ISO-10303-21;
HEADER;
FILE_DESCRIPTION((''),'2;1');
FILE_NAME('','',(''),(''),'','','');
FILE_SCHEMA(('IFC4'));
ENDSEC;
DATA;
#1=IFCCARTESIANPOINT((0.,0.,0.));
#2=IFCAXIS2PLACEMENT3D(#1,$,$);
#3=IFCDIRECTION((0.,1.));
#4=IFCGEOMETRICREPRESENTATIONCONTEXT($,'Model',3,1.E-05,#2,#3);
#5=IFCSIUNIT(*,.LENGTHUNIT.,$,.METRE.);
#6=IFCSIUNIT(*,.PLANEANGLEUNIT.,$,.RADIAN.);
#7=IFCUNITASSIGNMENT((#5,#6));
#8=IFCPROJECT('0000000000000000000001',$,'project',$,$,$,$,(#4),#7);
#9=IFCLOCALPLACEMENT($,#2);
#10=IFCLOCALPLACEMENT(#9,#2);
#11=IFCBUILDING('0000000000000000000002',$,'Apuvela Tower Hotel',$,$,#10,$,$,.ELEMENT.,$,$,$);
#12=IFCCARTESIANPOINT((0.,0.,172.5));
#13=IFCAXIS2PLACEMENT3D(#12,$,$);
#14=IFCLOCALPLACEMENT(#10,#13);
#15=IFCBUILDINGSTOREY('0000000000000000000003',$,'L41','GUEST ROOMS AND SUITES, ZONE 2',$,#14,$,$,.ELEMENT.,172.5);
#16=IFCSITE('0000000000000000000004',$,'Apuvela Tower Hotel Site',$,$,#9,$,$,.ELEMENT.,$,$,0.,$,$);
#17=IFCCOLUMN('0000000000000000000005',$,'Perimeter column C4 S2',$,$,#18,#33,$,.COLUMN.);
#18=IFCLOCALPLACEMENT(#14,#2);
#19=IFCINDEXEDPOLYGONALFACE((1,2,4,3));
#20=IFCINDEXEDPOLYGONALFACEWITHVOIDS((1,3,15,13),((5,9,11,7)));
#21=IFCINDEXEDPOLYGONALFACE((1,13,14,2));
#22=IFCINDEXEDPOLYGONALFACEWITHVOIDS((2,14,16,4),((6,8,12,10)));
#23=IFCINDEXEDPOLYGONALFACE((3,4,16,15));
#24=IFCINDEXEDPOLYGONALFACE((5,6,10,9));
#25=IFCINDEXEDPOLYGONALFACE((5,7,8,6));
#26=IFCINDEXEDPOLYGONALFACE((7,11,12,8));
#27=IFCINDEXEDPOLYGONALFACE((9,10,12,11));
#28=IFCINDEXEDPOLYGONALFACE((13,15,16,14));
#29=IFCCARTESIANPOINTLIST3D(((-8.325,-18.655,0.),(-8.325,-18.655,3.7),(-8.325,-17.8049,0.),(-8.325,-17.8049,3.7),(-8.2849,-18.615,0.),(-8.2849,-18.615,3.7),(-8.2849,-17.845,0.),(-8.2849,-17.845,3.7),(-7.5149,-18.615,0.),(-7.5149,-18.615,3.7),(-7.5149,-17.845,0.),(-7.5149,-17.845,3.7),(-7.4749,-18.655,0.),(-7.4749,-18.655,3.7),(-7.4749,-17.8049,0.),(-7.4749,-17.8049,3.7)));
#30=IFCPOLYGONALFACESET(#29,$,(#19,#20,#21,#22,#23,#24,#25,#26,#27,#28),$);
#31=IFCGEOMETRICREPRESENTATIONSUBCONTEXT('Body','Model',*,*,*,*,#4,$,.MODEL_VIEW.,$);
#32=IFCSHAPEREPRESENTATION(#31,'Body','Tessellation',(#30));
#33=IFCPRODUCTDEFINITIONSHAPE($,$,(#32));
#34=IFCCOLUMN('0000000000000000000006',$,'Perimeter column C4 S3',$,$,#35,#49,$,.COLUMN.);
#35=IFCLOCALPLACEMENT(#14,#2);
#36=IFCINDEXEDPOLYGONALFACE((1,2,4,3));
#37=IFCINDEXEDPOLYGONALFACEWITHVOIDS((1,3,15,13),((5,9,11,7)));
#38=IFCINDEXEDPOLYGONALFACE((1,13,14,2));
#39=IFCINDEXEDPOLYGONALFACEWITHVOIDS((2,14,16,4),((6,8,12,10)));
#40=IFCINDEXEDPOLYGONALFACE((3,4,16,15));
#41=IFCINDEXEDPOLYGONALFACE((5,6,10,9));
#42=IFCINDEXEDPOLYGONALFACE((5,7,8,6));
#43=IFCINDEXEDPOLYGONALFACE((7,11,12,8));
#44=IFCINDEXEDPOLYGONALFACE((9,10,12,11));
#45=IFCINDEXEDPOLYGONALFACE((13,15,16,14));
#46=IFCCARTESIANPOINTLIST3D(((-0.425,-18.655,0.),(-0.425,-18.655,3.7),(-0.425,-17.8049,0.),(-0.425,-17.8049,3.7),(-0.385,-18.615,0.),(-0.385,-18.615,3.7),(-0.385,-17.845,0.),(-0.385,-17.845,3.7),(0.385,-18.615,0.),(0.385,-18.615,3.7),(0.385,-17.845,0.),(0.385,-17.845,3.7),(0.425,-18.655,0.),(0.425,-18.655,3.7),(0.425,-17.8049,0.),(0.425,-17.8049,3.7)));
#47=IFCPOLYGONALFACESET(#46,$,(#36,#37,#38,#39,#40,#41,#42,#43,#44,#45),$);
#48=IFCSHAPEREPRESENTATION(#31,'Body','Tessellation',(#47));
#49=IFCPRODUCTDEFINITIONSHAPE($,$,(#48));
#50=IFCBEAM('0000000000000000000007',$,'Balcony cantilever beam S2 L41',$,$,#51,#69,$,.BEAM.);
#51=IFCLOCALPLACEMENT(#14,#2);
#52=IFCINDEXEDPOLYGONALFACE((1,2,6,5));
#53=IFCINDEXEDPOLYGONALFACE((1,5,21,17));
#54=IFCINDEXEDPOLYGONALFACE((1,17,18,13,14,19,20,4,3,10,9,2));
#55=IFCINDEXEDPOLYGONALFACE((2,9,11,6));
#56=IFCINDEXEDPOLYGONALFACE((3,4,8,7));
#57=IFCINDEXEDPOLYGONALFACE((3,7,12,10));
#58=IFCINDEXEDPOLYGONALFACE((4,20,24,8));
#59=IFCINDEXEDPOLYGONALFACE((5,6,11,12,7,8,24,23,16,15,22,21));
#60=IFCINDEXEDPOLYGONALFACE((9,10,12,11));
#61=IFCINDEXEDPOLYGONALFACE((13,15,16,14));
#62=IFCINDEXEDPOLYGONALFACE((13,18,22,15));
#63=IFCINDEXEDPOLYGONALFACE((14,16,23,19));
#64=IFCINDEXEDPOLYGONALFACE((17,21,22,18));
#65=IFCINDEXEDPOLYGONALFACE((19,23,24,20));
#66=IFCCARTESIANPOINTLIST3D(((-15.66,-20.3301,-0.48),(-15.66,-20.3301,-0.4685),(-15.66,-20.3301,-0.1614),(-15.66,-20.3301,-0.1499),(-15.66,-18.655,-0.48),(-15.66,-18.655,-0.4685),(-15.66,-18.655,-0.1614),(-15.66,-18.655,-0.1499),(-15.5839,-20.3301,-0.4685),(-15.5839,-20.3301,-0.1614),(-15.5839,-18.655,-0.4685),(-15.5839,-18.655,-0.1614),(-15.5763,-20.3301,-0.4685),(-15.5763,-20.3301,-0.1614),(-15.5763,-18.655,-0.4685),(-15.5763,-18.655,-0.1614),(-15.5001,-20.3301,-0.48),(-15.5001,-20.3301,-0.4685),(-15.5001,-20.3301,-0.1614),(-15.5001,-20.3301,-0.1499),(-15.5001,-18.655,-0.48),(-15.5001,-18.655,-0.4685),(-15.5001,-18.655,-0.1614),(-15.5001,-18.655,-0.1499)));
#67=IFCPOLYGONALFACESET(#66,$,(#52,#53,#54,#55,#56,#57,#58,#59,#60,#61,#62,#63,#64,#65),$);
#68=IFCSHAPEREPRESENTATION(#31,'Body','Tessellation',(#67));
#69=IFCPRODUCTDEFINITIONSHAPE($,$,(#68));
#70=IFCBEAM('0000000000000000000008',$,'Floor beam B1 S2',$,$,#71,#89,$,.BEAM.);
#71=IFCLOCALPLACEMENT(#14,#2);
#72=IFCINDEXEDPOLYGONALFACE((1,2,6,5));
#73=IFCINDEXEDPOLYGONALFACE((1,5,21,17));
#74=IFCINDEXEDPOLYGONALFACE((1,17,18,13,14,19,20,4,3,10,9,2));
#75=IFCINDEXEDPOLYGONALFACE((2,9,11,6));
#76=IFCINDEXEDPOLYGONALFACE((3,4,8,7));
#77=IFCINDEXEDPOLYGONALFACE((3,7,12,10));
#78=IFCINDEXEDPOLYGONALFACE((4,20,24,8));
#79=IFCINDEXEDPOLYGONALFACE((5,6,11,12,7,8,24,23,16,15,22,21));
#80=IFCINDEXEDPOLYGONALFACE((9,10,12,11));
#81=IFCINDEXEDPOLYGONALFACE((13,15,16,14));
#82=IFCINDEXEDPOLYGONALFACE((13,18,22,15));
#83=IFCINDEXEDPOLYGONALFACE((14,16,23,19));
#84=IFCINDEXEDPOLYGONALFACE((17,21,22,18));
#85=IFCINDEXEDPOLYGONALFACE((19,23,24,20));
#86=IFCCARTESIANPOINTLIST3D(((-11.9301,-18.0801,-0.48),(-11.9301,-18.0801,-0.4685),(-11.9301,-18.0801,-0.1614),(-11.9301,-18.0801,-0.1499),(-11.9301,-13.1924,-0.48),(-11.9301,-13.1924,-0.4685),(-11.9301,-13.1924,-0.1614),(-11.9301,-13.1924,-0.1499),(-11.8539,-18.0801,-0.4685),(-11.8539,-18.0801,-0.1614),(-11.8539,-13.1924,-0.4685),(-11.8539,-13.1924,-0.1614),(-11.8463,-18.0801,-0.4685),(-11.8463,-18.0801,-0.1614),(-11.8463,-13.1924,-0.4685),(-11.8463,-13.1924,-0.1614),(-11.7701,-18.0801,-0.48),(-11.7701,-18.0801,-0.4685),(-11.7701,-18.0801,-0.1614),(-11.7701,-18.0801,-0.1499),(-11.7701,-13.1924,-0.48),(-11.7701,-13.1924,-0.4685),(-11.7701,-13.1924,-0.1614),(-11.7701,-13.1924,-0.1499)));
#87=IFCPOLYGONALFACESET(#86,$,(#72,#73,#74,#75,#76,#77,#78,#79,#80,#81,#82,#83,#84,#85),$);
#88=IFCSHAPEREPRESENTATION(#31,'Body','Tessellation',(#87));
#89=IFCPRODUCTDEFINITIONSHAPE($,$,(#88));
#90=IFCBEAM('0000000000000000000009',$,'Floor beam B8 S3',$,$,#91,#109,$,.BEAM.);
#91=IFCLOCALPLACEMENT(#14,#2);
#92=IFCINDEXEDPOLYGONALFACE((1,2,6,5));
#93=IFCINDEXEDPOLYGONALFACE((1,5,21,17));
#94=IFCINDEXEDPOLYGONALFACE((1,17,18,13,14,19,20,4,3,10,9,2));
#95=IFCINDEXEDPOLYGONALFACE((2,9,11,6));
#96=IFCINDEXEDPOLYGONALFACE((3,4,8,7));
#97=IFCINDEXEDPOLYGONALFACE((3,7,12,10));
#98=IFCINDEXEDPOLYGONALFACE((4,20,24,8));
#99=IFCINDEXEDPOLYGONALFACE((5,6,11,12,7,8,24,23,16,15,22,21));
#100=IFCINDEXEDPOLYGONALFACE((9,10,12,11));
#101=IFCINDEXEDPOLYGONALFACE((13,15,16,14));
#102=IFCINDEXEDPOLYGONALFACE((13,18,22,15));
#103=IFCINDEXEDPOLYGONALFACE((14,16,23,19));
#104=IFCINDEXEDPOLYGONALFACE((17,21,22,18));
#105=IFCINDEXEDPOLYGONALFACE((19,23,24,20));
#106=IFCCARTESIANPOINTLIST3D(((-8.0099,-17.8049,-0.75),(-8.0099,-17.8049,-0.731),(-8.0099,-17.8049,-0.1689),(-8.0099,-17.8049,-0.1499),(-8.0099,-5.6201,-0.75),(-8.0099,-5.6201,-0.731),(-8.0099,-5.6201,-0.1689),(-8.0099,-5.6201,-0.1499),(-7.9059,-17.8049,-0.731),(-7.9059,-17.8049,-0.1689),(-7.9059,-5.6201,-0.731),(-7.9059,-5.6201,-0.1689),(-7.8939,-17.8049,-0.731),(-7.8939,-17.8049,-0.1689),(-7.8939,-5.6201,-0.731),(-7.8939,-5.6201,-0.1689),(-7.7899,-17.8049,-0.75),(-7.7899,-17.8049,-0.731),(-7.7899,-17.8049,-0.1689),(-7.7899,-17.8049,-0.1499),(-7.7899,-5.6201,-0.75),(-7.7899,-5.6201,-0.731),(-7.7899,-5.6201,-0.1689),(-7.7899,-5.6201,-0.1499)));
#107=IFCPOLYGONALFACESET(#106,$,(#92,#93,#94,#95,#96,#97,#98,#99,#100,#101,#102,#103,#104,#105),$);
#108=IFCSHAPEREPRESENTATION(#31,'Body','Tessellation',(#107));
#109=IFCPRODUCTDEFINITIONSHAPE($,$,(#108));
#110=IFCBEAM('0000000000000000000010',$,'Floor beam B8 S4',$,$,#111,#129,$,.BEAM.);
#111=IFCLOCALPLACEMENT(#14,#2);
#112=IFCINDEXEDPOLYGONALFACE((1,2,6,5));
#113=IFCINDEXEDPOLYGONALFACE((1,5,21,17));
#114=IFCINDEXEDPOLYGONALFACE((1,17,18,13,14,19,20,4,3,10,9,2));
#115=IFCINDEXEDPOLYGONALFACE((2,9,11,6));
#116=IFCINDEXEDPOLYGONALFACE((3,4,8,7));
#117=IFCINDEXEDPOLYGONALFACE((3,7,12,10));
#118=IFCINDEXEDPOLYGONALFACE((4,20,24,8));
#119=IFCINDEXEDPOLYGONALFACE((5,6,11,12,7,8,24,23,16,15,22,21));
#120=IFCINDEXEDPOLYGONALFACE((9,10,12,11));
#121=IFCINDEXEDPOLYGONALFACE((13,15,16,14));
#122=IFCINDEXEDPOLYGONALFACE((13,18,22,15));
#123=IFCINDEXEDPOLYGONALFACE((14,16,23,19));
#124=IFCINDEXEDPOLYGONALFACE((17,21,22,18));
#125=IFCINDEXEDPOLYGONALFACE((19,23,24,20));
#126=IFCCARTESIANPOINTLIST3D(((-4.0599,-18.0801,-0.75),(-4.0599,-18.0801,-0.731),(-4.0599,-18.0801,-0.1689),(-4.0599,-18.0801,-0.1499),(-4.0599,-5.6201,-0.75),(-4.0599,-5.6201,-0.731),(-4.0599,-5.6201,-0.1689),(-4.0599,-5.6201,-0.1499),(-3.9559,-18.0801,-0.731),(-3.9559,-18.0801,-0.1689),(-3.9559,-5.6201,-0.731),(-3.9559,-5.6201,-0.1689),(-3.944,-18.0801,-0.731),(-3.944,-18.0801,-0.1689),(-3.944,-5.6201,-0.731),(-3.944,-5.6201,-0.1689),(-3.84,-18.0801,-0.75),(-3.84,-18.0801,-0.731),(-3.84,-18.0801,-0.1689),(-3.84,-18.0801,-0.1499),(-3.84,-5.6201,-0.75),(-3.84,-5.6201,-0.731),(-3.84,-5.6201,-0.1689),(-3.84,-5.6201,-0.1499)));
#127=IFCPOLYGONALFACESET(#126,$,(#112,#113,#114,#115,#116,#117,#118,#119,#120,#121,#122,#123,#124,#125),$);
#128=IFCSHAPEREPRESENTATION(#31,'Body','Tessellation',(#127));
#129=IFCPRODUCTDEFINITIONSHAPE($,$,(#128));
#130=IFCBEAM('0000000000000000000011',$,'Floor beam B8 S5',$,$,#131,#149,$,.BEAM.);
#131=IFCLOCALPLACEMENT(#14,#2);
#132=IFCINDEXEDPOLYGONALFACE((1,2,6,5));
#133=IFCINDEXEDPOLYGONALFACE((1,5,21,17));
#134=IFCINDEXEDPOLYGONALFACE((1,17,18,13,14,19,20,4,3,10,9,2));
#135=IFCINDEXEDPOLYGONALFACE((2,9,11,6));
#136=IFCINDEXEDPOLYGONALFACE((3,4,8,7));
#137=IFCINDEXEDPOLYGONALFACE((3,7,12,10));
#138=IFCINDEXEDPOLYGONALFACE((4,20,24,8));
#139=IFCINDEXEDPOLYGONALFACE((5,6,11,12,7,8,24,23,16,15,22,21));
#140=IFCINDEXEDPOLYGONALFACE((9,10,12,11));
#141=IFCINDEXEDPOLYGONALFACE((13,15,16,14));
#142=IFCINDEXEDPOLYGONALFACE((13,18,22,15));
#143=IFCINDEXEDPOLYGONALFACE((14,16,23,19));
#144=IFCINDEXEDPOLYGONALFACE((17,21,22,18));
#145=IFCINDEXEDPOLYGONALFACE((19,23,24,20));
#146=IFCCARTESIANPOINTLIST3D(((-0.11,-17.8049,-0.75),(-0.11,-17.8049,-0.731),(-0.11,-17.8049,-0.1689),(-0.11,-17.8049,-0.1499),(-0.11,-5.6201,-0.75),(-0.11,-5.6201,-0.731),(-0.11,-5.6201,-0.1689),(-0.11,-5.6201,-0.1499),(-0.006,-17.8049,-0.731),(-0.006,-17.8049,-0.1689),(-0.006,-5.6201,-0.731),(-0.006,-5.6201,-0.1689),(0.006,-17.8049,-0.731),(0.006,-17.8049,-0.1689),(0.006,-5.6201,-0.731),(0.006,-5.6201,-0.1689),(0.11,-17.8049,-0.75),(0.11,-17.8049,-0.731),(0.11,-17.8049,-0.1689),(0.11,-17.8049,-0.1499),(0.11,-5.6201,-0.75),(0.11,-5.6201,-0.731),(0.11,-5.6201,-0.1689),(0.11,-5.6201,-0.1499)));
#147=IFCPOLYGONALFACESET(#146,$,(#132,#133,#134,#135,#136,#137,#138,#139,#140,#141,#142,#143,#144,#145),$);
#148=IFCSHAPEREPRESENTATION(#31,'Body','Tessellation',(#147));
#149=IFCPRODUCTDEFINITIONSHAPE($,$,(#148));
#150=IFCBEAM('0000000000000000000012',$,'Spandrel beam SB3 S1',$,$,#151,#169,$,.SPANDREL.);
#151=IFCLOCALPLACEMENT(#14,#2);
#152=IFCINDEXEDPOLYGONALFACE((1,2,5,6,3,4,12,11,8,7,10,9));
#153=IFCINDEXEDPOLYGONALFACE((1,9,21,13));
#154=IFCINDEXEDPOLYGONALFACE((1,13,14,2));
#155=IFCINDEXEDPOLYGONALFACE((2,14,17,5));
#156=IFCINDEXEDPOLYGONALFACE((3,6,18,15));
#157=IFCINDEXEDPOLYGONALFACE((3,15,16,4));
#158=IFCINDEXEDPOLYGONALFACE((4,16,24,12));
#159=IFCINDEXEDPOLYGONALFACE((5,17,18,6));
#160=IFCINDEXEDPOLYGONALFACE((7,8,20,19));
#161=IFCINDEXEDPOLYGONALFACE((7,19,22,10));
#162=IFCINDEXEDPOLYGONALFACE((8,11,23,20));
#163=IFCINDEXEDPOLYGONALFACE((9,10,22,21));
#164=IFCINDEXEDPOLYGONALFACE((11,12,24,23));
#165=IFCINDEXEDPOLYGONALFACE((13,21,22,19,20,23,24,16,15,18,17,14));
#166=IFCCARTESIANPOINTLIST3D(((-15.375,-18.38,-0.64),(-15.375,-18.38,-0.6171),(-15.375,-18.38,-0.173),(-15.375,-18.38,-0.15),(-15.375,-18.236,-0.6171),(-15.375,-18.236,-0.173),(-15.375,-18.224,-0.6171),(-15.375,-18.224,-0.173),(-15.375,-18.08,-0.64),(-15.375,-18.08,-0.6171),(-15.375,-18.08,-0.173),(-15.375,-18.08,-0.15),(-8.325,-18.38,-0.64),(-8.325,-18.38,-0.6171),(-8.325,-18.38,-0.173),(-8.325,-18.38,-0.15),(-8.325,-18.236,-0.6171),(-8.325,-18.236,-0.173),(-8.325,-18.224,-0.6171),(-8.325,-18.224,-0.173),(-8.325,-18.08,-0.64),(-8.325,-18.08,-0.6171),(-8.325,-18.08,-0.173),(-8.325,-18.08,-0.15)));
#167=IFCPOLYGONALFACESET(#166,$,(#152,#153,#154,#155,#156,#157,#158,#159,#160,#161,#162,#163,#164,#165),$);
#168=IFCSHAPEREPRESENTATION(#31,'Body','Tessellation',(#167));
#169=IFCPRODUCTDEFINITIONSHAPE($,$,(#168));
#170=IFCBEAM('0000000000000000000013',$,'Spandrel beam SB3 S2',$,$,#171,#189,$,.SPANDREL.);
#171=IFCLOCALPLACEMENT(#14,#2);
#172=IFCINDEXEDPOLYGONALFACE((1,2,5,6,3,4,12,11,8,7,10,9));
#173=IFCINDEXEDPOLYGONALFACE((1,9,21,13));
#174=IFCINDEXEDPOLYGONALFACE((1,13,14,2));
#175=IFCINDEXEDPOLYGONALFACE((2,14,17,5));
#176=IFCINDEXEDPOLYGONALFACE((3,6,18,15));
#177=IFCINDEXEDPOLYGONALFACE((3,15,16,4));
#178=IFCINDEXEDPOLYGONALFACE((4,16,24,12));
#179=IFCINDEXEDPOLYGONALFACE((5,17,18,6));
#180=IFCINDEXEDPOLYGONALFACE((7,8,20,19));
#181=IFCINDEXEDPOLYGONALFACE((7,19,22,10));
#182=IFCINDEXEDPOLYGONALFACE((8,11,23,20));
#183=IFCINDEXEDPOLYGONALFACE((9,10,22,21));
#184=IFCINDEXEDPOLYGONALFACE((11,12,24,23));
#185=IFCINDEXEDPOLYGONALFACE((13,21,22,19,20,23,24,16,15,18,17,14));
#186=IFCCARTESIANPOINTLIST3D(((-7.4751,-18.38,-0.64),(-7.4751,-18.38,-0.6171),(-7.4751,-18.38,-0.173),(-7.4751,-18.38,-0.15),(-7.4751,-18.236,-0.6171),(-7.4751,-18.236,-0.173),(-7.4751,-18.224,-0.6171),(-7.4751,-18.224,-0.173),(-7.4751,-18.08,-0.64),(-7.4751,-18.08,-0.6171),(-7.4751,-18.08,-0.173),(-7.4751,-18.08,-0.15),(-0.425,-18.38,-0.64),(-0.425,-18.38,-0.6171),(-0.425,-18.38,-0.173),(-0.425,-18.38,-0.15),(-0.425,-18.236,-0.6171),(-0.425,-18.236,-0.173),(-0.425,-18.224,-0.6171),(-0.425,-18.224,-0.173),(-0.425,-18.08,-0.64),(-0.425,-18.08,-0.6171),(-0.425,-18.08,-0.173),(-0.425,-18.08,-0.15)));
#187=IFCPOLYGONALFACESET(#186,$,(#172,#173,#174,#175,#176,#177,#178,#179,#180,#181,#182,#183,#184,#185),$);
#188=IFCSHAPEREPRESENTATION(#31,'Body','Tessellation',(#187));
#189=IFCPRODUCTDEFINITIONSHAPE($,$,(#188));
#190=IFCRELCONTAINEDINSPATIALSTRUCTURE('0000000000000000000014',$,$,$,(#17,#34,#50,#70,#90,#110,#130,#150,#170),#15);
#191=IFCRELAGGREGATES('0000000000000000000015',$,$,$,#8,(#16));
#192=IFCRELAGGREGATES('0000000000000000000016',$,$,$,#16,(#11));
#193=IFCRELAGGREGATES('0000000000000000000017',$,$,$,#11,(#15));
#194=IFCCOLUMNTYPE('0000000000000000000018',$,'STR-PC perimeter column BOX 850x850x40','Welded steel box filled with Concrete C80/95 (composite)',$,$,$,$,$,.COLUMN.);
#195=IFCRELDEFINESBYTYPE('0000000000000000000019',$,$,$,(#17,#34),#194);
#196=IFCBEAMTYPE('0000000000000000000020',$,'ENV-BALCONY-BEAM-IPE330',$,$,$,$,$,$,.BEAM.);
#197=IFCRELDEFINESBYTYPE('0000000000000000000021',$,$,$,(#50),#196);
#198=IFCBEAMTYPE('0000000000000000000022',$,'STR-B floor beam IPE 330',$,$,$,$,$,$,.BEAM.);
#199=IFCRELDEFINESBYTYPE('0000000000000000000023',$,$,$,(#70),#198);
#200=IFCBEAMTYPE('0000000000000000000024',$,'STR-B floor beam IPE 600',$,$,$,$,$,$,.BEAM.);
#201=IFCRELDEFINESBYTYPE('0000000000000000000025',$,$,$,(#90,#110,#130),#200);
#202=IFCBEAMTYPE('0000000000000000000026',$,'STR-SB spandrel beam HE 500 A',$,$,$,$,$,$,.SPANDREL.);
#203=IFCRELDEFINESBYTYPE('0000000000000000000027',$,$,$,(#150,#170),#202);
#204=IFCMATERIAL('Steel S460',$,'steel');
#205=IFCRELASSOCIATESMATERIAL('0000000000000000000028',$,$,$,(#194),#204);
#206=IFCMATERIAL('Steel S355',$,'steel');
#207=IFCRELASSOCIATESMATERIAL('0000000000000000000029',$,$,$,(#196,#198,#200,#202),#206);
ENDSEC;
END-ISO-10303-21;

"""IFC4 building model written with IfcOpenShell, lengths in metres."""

from ifc_helpers import new_model, si_unit, direction, frame, origin, origin_2d, place, context, subcontext, project, spatial, rectangle, hollow_rectangle, i_section, extrude, material, material_profile, profile_set, type_object, element, save


model = new_model("IFC4")

# Units and contexts
model_context = context("Model", 3, precision=1e-05, world=origin(), true_north=direction((0.0, 1.0)))
body_context = subcontext(model_context, "Body", "Model", "MODEL_VIEW")
ifc_project = project(units=[si_unit("LENGTHUNIT", "METRE"), si_unit("PLANEANGLEUNIT", "RADIAN")], contexts=[model_context])

# Site, building, storey
site_placement = place(None, origin())
site = spatial("IfcSite", under=ifc_project, at=site_placement, Name="Apuvela Tower Hotel Site", CompositionType="ELEMENT", RefElevation=0.0)
building_placement = place(site_placement, origin())
building = spatial("IfcBuilding", under=site, at=building_placement, Name="Apuvela Tower Hotel", CompositionType="ELEMENT")
storey_placement = place(building_placement, frame((0.0, 0.0, 172.5)))
storey = spatial("IfcBuildingStorey", under=building, at=storey_placement, Name="L41", Description="GUEST ROOMS AND SUITES, ZONE 2", CompositionType="ELEMENT", Elevation=172.5)

# Columns
ifc_material_1 = material(Name="Steel S460", Category="steel")
ifc_material_profile_1 = material_profile(ifc_material_1, hollow_rectangle(XDim=0.8501, YDim=0.8501, WallThickness=0.04, at=origin_2d()), Name="BOX 850x850x40")
ifc_material_2 = material(Name="Concrete C80/95", Category="concrete")
ifc_material_profile_2 = material_profile(ifc_material_2, rectangle(XDim=0.77, YDim=0.77, at=origin_2d()), Name="Concrete C80/95 infill")
ifc_profile_set_1 = profile_set([ifc_material_profile_1, ifc_material_profile_2], Name="Steel S460")
column_type = type_object("IfcColumnType", Name="STR-PC perimeter column BOX 850x850x40", Description="Welded steel box filled with Concrete C80/95 (composite)", PredefinedType="COLUMN", material=ifc_profile_set_1)
for number, where, z_axis, x_axis, name in (
    (1, (-7.8999, -18.23, 0.0), (0.0, 0.0, 1.0), (-1.0, 0.0, 0.0), "Perimeter column C4 S2"),
    (2, (0.0, -18.23, 0.0), (0.0, 0.0, 1.0), (-1.0, 0.0, 0.0), "Perimeter column C4 S3"),
):
    element("IfcColumn", number, at=place(storey_placement, frame(where, z_axis=z_axis, x_axis=x_axis)), inside=storey, type_object=column_type, Name=name, PredefinedType="COLUMN", context=body_context, shape_type="SweptSolid", body=[
        extrude(hollow_rectangle(XDim=0.8501, YDim=0.8501, WallThickness=0.04, at=origin_2d()), origin(), (0.0, 0.0, 1.0), 3.7),
    ])

# Beams
ifc_material_3 = material(Name="Steel S355", Category="steel")
ifc_material_profile_3 = material_profile(ifc_material_3, i_section(OverallWidth=0.1599, OverallDepth=0.3301, WebThickness=0.0076, FlangeThickness=0.0115, at=origin_2d()), Name="IPE 330")
ifc_profile_set_2 = profile_set([ifc_material_profile_3], Name="Steel S355")
beam_type_1 = type_object("IfcBeamType", Name="ENV-BALCONY-BEAM-IPE330", PredefinedType="BEAM", material=ifc_profile_set_2)
beam_1_placement = place(storey_placement, frame((-15.5801, -18.655, -0.3149), z_axis=(0.0, -1.0, 0.0), x_axis=(1.0, 0.0, 0.0)))
element("IfcBeam", 3, at=beam_1_placement, inside=storey, type_object=beam_type_1, Name="Balcony cantilever beam S2 L41", PredefinedType="BEAM", context=body_context, shape_type="SweptSolid", body=[
    extrude(i_section(OverallWidth=0.1599, OverallDepth=0.3301, WebThickness=0.0076, FlangeThickness=0.0115, at=origin_2d()), origin(), (0.0, 0.0, 1.0), 1.675),
])
ifc_material_profile_4 = material_profile(ifc_material_3, i_section(OverallWidth=0.1599, OverallDepth=0.3301, WebThickness=0.0076, FlangeThickness=0.0115, at=origin_2d()), Name="IPE 330")
ifc_profile_set_3 = profile_set([ifc_material_profile_4], Name="Steel S355")
beam_type_2 = type_object("IfcBeamType", Name="STR-B floor beam IPE 330", PredefinedType="BEAM", material=ifc_profile_set_3)
beam_2_placement = place(storey_placement, frame((-11.8501, -18.0801, -0.3149), z_axis=(0.0, 1.0, 0.0), x_axis=(-1.0, 0.0, 0.0)))
element("IfcBeam", 4, at=beam_2_placement, inside=storey, type_object=beam_type_2, Name="Floor beam B1 S2", PredefinedType="BEAM", context=body_context, shape_type="SweptSolid", body=[
    extrude(i_section(OverallWidth=0.1599, OverallDepth=0.3301, WebThickness=0.0076, FlangeThickness=0.0115, at=origin_2d()), origin(), (0.0, 0.0, 1.0), 4.8877),
])
ifc_material_profile_5 = material_profile(ifc_material_3, i_section(OverallWidth=0.22, OverallDepth=0.6001, WebThickness=0.012, FlangeThickness=0.019, at=origin_2d()), Name="IPE 600")
ifc_profile_set_4 = profile_set([ifc_material_profile_5], Name="Steel S355")
beam_type_3 = type_object("IfcBeamType", Name="STR-B floor beam IPE 600", PredefinedType="BEAM", material=ifc_profile_set_4)
beam_3_placement = place(storey_placement, frame((-7.8999, -17.8049, -0.45), z_axis=(0.0, 1.0, 0.0), x_axis=(-1.0, 0.0, 0.0)))
element("IfcBeam", 5, at=beam_3_placement, inside=storey, type_object=beam_type_3, Name="Floor beam B8 S3", PredefinedType="BEAM", context=body_context, shape_type="SweptSolid", body=[
    extrude(i_section(OverallWidth=0.22, OverallDepth=0.6001, WebThickness=0.012, FlangeThickness=0.019, at=origin_2d()), origin(), (0.0, 0.0, 1.0), 12.1848),
])
beam_4_placement = place(storey_placement, frame((-3.95, -18.0801, -0.45), z_axis=(0.0, 1.0, 0.0), x_axis=(-1.0, 0.0, 0.0)))
element("IfcBeam", 6, at=beam_4_placement, inside=storey, type_object=beam_type_3, Name="Floor beam B8 S4", PredefinedType="BEAM", context=body_context, shape_type="SweptSolid", body=[
    extrude(i_section(OverallWidth=0.22, OverallDepth=0.6001, WebThickness=0.012, FlangeThickness=0.019, at=origin_2d()), origin(), (0.0, 0.0, 1.0), 12.46),
])
beam_5_placement = place(storey_placement, frame((0.0, -17.8049, -0.45), z_axis=(0.0, 1.0, 0.0), x_axis=(-1.0, 0.0, 0.0)))
element("IfcBeam", 7, at=beam_5_placement, inside=storey, type_object=beam_type_3, Name="Floor beam B8 S5", PredefinedType="BEAM", context=body_context, shape_type="SweptSolid", body=[
    extrude(i_section(OverallWidth=0.22, OverallDepth=0.6001, WebThickness=0.012, FlangeThickness=0.019, at=origin_2d()), origin(), (0.0, 0.0, 1.0), 12.1848),
])
ifc_material_profile_6 = material_profile(ifc_material_3, i_section(OverallWidth=0.3, OverallDepth=0.49, WebThickness=0.012, FlangeThickness=0.0229, at=origin_2d()), Name="HE 500 A")
ifc_profile_set_5 = profile_set([ifc_material_profile_6], Name="Steel S355")
beam_type_4 = type_object("IfcBeamType", Name="STR-SB spandrel beam HE 500 A", PredefinedType="SPANDREL", material=ifc_profile_set_5)
for number, where, z_axis, x_axis, name in (
    (8, (-15.375, -18.23, -0.395), (1.0, 0.0, 0.0), (0.0, 1.0, 0.0), "Spandrel beam SB3 S1"),
    (9, (-7.4751, -18.23, -0.395), (1.0, 0.0, 0.0), (0.0, 1.0, 0.0), "Spandrel beam SB3 S2"),
):
    element("IfcBeam", number, at=place(storey_placement, frame(where, z_axis=z_axis, x_axis=x_axis)), inside=storey, type_object=beam_type_4, Name=name, PredefinedType="SPANDREL", context=body_context, shape_type="SweptSolid", body=[
        extrude(i_section(OverallWidth=0.3, OverallDepth=0.49, WebThickness=0.012, FlangeThickness=0.0229, at=origin_2d()), origin(), (0.0, 0.0, 1.0), 7.05),
    ])

save(model, "model.ifc")
